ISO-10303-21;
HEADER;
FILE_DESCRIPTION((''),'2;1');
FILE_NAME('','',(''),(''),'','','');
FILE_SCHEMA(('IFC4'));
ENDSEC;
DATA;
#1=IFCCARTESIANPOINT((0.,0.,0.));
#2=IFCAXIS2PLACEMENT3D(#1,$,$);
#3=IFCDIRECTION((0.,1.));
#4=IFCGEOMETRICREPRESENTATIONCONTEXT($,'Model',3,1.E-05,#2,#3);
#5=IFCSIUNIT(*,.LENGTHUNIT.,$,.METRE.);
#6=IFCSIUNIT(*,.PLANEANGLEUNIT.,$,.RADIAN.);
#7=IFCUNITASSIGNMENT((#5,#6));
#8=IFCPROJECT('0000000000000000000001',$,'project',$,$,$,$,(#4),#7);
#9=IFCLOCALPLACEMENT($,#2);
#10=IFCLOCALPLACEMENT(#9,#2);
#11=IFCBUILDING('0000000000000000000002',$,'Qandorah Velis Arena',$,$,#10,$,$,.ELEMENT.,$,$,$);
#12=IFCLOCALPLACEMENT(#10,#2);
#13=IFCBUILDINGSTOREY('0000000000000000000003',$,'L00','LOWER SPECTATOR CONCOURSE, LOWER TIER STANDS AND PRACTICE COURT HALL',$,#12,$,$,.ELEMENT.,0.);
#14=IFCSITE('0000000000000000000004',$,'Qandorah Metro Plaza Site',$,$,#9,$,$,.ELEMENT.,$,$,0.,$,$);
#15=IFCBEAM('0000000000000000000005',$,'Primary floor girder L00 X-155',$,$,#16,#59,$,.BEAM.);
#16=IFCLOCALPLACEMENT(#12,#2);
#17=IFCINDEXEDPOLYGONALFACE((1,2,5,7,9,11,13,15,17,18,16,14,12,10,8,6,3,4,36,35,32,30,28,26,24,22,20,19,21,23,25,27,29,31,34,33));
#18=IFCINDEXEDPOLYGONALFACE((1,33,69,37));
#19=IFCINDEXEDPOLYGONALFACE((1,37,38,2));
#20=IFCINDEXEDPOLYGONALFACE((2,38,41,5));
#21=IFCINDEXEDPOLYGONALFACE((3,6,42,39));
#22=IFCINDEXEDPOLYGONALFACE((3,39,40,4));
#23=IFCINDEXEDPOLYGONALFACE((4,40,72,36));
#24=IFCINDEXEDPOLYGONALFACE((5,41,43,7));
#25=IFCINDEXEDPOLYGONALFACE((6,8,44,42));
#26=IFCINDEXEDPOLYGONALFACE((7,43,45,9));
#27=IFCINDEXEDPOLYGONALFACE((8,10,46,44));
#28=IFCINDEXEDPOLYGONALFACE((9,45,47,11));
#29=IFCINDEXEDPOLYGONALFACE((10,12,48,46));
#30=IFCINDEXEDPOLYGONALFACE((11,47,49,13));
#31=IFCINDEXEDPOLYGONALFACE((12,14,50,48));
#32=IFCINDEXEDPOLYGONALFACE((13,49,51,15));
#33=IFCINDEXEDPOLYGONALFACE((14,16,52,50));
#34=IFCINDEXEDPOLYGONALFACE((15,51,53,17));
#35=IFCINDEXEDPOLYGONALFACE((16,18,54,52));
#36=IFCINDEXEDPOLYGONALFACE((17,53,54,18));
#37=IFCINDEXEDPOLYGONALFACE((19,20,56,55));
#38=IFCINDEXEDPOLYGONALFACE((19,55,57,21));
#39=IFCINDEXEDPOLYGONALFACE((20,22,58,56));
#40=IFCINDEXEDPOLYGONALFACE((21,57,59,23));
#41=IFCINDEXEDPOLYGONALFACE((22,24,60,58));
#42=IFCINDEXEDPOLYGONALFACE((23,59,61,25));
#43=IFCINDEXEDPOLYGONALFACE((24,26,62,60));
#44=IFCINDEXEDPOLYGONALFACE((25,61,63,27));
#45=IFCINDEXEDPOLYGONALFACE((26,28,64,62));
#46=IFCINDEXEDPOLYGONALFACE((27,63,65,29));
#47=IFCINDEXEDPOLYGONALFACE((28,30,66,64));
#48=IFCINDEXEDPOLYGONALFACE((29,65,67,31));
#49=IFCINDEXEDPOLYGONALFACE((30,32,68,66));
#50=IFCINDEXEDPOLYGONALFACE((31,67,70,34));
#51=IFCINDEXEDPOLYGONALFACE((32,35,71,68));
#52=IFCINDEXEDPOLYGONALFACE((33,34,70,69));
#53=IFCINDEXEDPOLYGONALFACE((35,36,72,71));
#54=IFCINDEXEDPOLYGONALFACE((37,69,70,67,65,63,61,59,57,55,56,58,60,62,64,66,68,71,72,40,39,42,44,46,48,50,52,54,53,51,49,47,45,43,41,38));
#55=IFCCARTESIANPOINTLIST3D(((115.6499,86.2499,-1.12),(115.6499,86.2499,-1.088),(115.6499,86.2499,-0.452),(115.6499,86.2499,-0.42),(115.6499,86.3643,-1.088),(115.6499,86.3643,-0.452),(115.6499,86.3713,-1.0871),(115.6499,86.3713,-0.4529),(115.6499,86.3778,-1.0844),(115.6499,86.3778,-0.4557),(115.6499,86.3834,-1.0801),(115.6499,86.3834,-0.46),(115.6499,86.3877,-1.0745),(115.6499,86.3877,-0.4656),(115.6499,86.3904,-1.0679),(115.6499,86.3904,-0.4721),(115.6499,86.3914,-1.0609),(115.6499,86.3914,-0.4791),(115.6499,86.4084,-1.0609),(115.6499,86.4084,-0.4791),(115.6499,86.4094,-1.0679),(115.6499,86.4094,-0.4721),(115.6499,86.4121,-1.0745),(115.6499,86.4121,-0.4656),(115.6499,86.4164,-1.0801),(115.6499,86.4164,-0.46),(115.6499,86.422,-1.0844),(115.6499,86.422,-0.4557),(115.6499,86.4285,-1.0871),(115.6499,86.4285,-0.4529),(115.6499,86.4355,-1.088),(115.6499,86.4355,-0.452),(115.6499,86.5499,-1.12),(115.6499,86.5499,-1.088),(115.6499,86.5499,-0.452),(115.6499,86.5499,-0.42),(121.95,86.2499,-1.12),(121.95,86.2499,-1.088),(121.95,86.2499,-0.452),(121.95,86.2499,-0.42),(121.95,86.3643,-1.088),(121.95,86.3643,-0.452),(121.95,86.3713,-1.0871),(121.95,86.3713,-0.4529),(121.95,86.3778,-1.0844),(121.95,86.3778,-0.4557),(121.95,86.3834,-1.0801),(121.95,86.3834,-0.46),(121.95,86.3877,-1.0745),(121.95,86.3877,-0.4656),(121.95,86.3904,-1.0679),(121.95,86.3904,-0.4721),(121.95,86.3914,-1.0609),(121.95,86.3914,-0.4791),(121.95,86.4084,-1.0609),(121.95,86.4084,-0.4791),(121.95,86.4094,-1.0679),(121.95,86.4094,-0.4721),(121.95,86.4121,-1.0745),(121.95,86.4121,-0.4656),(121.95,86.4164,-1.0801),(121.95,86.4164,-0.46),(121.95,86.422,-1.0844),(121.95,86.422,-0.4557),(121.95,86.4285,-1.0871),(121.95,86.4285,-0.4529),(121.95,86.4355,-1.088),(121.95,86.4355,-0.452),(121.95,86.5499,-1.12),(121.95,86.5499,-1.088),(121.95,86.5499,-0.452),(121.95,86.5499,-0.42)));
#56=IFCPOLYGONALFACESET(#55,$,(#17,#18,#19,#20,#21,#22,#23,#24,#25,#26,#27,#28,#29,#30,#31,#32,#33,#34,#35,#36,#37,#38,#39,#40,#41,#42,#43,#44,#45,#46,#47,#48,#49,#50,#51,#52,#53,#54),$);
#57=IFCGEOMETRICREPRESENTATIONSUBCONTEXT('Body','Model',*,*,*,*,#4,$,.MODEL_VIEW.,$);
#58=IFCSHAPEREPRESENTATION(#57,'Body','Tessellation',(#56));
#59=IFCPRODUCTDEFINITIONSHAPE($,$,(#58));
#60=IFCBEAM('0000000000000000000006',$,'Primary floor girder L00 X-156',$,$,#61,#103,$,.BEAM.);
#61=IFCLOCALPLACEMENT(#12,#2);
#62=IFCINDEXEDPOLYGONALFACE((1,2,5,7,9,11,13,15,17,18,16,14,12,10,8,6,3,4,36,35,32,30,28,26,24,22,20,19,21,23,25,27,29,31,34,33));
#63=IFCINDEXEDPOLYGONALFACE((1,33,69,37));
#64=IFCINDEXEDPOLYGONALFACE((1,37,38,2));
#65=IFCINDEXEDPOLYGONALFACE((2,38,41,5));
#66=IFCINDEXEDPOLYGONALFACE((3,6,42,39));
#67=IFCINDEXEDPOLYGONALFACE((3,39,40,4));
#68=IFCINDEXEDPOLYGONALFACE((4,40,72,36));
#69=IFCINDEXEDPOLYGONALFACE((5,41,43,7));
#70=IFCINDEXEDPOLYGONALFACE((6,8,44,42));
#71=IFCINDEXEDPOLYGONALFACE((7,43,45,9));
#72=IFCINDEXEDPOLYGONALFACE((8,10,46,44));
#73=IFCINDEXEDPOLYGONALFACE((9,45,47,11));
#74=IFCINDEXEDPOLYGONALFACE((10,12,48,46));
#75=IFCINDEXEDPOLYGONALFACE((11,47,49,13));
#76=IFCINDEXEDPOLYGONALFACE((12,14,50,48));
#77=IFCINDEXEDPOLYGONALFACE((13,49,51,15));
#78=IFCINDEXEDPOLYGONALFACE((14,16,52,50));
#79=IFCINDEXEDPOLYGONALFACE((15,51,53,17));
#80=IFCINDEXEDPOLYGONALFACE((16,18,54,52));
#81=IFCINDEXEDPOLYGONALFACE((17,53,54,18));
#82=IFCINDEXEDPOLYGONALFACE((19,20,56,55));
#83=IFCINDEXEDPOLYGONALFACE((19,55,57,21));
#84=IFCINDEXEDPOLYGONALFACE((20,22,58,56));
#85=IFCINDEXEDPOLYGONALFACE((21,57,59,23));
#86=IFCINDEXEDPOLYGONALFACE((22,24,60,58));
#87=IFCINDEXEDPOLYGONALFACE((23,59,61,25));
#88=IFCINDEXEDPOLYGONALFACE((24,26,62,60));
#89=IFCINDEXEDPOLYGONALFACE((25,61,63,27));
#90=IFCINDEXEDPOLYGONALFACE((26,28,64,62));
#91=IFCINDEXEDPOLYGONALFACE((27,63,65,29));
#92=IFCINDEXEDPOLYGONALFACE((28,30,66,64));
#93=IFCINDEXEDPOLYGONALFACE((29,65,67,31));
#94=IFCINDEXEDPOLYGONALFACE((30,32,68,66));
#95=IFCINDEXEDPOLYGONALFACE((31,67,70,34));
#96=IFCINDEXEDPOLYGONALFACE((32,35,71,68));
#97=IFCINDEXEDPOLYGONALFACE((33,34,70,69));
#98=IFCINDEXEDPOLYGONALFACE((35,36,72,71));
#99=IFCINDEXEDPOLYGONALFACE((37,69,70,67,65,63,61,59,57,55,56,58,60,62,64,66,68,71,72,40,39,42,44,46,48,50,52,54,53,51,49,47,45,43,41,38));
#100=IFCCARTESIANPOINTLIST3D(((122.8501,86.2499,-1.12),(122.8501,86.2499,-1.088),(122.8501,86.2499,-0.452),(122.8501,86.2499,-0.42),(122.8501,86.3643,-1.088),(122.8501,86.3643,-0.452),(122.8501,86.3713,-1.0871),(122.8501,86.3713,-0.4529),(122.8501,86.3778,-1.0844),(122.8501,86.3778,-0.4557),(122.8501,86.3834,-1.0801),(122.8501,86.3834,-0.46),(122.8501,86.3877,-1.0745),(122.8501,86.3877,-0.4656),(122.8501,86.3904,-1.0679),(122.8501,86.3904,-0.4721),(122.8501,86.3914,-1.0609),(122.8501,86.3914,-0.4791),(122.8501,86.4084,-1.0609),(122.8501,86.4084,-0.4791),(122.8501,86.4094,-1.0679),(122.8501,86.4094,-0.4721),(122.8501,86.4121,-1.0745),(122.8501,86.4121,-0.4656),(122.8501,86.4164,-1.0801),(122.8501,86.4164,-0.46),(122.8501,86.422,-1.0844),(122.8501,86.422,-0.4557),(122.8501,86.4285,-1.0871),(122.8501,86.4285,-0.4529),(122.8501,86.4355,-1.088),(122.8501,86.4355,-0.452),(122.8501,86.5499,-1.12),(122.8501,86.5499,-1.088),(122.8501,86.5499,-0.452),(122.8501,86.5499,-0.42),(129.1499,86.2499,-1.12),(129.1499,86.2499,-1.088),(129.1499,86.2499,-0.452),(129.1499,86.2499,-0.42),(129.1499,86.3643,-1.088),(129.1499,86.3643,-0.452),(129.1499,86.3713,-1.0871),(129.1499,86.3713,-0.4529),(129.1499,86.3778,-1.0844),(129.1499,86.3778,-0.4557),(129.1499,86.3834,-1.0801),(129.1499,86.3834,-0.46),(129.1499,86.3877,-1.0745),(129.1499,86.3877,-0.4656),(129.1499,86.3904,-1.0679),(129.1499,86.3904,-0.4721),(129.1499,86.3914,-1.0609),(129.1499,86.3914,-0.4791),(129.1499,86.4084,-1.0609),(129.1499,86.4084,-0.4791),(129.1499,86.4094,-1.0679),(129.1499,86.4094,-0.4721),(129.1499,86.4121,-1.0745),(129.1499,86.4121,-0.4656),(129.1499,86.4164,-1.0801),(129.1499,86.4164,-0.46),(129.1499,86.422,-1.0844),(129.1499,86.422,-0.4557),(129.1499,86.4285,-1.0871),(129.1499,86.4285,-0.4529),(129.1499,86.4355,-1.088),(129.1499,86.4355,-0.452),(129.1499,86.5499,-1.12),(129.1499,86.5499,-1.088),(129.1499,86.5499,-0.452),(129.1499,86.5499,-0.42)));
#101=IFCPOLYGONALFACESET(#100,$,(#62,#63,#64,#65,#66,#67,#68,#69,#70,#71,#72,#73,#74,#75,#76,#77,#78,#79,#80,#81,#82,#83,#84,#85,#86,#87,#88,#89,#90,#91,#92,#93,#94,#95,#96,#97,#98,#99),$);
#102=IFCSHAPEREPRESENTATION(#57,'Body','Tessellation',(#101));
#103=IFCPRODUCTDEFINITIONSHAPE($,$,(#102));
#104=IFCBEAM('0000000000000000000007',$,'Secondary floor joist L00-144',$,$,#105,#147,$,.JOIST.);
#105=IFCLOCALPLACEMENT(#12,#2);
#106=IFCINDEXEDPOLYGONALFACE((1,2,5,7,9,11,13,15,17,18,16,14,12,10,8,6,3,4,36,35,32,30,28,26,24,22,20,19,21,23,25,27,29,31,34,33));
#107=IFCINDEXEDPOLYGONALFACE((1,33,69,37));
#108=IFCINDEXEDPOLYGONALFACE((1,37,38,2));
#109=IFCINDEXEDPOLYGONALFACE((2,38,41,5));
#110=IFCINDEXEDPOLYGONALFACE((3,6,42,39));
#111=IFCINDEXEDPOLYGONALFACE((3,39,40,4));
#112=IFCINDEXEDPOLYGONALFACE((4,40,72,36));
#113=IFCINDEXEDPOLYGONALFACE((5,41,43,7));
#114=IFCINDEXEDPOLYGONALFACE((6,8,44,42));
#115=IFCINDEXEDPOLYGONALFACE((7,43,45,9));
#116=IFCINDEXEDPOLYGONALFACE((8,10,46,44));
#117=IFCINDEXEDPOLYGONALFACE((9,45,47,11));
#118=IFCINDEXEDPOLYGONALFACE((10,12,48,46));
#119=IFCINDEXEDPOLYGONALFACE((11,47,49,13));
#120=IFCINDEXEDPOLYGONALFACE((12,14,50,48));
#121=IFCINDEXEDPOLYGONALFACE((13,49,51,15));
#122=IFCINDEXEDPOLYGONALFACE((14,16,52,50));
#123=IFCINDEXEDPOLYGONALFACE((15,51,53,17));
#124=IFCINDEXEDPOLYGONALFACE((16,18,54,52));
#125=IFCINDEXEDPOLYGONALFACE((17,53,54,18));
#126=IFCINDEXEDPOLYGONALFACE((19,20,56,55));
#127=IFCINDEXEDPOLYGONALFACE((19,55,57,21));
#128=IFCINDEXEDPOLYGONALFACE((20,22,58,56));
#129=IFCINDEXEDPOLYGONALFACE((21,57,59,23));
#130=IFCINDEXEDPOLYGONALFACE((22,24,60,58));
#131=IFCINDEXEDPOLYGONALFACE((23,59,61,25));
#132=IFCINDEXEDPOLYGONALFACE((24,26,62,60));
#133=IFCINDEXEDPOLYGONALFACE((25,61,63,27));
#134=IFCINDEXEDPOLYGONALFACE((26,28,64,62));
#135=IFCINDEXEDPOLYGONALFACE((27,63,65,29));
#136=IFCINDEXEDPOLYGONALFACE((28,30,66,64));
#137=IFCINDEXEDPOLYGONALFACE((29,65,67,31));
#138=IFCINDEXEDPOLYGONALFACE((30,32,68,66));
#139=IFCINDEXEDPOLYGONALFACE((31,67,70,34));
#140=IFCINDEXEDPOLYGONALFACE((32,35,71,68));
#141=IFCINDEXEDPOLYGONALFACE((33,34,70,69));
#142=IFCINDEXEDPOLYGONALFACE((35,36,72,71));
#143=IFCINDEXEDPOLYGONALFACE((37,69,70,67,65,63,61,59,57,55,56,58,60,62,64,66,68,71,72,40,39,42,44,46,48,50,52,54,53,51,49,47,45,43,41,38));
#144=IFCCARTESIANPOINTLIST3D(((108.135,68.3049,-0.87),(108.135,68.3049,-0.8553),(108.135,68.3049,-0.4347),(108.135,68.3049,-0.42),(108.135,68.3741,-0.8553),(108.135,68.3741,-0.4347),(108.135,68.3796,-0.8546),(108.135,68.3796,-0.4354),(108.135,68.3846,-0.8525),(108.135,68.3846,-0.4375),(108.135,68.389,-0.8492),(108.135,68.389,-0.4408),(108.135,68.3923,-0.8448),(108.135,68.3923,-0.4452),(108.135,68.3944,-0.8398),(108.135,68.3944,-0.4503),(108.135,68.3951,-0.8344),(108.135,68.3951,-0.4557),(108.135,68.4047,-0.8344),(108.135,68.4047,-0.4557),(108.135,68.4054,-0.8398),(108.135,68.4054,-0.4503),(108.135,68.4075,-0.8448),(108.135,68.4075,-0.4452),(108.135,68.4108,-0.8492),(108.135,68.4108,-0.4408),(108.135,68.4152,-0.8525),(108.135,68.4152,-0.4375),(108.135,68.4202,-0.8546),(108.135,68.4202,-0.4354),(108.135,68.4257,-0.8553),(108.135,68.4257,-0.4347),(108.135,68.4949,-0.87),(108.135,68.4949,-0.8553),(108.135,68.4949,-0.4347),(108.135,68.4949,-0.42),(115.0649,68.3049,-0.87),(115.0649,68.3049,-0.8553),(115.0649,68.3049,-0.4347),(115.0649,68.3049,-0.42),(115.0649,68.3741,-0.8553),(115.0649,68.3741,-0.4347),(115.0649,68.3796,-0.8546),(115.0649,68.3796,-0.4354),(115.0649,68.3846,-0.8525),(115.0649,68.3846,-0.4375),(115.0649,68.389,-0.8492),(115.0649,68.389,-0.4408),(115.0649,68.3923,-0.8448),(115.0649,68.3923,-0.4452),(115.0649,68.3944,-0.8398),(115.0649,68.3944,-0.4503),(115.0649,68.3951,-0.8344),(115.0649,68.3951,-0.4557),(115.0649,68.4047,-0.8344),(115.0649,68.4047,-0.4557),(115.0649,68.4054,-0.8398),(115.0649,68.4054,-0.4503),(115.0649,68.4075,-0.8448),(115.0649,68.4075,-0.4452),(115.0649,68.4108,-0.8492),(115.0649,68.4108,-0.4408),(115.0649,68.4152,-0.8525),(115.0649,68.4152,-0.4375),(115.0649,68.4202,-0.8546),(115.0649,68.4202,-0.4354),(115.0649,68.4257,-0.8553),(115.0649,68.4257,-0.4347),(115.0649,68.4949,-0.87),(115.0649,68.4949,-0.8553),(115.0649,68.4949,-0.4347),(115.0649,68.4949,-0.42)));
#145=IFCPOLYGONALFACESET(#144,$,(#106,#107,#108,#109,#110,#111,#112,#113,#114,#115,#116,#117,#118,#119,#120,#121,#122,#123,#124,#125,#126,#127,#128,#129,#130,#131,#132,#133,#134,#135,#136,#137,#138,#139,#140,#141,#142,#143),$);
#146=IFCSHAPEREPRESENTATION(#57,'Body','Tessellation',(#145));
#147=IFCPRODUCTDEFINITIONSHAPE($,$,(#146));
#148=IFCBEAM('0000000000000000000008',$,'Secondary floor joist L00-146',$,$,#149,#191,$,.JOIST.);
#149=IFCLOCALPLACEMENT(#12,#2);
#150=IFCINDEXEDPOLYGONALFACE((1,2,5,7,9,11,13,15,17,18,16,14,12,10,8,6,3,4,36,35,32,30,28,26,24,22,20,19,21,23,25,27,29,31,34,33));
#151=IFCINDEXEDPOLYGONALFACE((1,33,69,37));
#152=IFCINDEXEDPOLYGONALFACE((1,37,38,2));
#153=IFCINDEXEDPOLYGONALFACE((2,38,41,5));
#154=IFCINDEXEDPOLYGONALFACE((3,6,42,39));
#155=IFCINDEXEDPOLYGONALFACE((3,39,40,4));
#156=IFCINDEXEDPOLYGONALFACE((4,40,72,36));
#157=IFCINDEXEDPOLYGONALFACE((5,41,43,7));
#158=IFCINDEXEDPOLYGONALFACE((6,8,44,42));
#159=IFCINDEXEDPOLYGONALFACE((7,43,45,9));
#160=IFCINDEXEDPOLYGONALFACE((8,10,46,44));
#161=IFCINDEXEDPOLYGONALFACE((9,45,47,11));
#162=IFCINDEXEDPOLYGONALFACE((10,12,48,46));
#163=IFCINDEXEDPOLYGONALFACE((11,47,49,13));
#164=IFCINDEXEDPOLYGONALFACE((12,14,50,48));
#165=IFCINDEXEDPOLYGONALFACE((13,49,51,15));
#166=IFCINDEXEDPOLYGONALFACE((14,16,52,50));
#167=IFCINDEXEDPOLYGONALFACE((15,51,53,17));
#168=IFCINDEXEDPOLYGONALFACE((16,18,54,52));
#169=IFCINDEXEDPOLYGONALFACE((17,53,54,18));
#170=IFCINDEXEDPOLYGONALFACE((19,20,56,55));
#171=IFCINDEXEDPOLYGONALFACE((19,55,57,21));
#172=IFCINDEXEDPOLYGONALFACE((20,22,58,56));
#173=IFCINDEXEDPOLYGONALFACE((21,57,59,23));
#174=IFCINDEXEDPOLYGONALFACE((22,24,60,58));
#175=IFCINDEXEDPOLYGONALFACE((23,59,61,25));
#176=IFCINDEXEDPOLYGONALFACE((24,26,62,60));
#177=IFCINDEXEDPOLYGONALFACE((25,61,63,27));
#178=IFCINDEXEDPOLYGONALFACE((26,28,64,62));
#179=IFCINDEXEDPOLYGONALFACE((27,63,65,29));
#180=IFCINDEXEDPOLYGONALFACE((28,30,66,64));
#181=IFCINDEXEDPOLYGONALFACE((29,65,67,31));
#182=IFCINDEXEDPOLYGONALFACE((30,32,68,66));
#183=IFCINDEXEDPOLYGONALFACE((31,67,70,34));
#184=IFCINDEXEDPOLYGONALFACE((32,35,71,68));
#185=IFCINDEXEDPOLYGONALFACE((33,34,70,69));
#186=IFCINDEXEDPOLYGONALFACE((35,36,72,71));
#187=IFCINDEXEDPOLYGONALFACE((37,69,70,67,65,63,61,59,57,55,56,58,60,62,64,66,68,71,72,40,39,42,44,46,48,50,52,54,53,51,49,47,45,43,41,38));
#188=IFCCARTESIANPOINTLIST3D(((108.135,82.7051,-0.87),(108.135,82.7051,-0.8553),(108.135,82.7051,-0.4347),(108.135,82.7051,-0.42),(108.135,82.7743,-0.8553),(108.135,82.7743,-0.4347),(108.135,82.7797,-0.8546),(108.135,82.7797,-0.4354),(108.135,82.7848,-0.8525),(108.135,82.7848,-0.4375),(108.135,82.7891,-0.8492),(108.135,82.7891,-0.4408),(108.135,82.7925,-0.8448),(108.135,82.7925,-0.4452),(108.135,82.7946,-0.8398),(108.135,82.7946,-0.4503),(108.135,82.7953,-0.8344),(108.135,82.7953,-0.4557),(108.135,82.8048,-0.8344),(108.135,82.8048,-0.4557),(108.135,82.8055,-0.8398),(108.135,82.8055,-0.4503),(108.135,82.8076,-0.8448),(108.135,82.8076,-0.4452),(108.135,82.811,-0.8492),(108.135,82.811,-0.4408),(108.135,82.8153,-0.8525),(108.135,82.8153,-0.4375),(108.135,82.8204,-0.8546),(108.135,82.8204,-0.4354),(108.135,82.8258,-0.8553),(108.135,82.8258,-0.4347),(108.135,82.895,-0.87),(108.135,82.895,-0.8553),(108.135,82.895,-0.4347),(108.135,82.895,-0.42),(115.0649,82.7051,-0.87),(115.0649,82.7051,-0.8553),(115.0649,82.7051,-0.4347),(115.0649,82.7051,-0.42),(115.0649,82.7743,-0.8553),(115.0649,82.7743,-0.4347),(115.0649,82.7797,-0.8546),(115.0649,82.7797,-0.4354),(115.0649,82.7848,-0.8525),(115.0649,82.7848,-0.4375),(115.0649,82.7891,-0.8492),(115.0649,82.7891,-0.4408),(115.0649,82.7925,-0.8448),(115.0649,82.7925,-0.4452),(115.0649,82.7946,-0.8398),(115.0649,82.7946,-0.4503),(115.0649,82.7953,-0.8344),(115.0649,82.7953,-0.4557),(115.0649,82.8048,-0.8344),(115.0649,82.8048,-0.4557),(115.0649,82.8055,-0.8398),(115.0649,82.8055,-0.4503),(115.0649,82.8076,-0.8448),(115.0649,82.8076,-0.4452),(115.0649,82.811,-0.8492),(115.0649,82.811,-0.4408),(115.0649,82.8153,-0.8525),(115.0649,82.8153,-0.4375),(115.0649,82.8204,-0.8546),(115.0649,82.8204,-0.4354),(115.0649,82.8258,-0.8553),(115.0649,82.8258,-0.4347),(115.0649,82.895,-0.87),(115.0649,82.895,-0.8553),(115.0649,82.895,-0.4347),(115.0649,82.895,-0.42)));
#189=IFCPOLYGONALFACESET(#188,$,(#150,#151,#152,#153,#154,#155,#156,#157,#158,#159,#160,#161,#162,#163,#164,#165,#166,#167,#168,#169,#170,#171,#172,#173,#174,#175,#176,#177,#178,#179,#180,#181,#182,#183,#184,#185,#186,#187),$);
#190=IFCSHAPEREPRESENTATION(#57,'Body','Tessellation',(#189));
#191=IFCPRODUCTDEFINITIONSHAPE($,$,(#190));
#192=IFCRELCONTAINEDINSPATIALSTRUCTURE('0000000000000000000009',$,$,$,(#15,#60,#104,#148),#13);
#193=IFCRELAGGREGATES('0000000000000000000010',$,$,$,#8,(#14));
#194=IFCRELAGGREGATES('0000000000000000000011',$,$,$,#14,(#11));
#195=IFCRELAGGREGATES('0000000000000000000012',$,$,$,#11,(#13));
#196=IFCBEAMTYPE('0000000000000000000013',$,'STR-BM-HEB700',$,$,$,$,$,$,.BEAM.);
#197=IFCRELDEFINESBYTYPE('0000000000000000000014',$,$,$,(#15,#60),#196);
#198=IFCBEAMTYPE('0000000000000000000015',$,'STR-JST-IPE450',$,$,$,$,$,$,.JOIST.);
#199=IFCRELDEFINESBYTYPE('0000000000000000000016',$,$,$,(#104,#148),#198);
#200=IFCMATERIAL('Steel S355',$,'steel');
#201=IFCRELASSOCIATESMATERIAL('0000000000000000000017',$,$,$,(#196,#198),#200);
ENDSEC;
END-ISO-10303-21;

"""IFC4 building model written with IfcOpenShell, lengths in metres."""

from ifc_helpers import new_model, si_unit, direction, frame, origin, origin_2d, place, context, subcontext, project, spatial, i_section, extrude, material, material_profile, profile_set, type_object, element, save


model = new_model("IFC4")

# Units and contexts
model_context = context("Model", 3, precision=1e-05, world=origin(), true_north=direction((0.0, 1.0)))
body_context = subcontext(model_context, "Body", "Model", "MODEL_VIEW")
ifc_project = project(units=[si_unit("LENGTHUNIT", "METRE"), si_unit("PLANEANGLEUNIT", "RADIAN")], contexts=[model_context])

# Site, building, storey
site_placement = place(None, origin())
site = spatial("IfcSite", under=ifc_project, at=site_placement, Name="Qandorah Metro Plaza Site", CompositionType="ELEMENT", RefElevation=0.0)
building_placement = place(site_placement, origin())
building = spatial("IfcBuilding", under=site, at=building_placement, Name="Qandorah Velis Arena", CompositionType="ELEMENT")
storey_placement = place(building_placement, origin())
storey = spatial("IfcBuildingStorey", under=building, at=storey_placement, Name="L00", Description="LOWER SPECTATOR CONCOURSE, LOWER TIER STANDS AND PRACTICE COURT HALL", CompositionType="ELEMENT", Elevation=0.0)

# Beams
ifc_material_1 = material(Name="Steel S355", Category="steel")
ifc_material_profile_1 = material_profile(ifc_material_1, i_section(OverallWidth=0.3, OverallDepth=0.7, WebThickness=0.0171, FlangeThickness=0.032, FilletRadius=0.0271, at=origin_2d()), Name="HEB 700")
ifc_profile_set_1 = profile_set([ifc_material_profile_1], Name="Steel S355")
beam_type_1 = type_object("IfcBeamType", Name="STR-BM-HEB700", PredefinedType="BEAM", material=ifc_profile_set_1)
for number, where, z_axis, x_axis, name in (
    (1, (115.6499, 86.3999, -0.77), (1.0, 0.0, 0.0), (0.0, 1.0, 0.0), "Primary floor girder L00 X-155"),
):
    element("IfcBeam", number, at=place(storey_placement, frame(where, z_axis=z_axis, x_axis=x_axis)), inside=storey, type_object=beam_type_1, Name=name, PredefinedType="BEAM", context=body_context, shape_type="SweptSolid", body=[
        extrude(i_section(OverallWidth=0.3, OverallDepth=0.7, WebThickness=0.0171, FlangeThickness=0.032, FilletRadius=0.0271, at=origin_2d()), origin(), (0.0, 0.0, 1.0), 6.3),
    ])
beam_1_placement = place(storey_placement, frame((122.8501, 86.3999, -0.77), z_axis=(1.0, 0.0, 0.0), x_axis=(0.0, 1.0, 0.0)))
element("IfcBeam", 2, at=beam_1_placement, inside=storey, type_object=beam_type_1, Name="Primary floor girder L00 X-156", PredefinedType="BEAM", context=body_context, shape_type="SweptSolid", body=[
    extrude(i_section(OverallWidth=0.3, OverallDepth=0.7, WebThickness=0.0171, FlangeThickness=0.032, FilletRadius=0.0271, at=origin_2d()), origin(), (0.0, 0.0, 1.0), 6.2998),
])
ifc_material_profile_2 = material_profile(ifc_material_1, i_section(OverallWidth=0.1899, OverallDepth=0.45, WebThickness=0.0095, FlangeThickness=0.0146, FilletRadius=0.021, at=origin_2d()), Name="IPE 450")
ifc_profile_set_2 = profile_set([ifc_material_profile_2], Name="Steel S355")
beam_type_2 = type_object("IfcBeamType", Name="STR-JST-IPE450", PredefinedType="JOIST", material=ifc_profile_set_2)
for number, where, z_axis, x_axis, name in (
    (3, (108.135, 68.3999, -0.645), (1.0, 0.0, 0.0), (0.0, 1.0, 0.0), "Secondary floor joist L00-144"),
    (4, (108.135, 82.8, -0.645), (1.0, 0.0, 0.0), (0.0, 1.0, 0.0), "Secondary floor joist L00-146"),
):
    element("IfcBeam", number, at=place(storey_placement, frame(where, z_axis=z_axis, x_axis=x_axis)), inside=storey, type_object=beam_type_2, Name=name, PredefinedType="JOIST", context=body_context, shape_type="SweptSolid", body=[
        extrude(i_section(OverallWidth=0.1899, OverallDepth=0.45, WebThickness=0.0095, FlangeThickness=0.0146, FilletRadius=0.021, at=origin_2d()), origin(), (0.0, 0.0, 1.0), 6.9299),
    ])

save(model, "model.ifc")
